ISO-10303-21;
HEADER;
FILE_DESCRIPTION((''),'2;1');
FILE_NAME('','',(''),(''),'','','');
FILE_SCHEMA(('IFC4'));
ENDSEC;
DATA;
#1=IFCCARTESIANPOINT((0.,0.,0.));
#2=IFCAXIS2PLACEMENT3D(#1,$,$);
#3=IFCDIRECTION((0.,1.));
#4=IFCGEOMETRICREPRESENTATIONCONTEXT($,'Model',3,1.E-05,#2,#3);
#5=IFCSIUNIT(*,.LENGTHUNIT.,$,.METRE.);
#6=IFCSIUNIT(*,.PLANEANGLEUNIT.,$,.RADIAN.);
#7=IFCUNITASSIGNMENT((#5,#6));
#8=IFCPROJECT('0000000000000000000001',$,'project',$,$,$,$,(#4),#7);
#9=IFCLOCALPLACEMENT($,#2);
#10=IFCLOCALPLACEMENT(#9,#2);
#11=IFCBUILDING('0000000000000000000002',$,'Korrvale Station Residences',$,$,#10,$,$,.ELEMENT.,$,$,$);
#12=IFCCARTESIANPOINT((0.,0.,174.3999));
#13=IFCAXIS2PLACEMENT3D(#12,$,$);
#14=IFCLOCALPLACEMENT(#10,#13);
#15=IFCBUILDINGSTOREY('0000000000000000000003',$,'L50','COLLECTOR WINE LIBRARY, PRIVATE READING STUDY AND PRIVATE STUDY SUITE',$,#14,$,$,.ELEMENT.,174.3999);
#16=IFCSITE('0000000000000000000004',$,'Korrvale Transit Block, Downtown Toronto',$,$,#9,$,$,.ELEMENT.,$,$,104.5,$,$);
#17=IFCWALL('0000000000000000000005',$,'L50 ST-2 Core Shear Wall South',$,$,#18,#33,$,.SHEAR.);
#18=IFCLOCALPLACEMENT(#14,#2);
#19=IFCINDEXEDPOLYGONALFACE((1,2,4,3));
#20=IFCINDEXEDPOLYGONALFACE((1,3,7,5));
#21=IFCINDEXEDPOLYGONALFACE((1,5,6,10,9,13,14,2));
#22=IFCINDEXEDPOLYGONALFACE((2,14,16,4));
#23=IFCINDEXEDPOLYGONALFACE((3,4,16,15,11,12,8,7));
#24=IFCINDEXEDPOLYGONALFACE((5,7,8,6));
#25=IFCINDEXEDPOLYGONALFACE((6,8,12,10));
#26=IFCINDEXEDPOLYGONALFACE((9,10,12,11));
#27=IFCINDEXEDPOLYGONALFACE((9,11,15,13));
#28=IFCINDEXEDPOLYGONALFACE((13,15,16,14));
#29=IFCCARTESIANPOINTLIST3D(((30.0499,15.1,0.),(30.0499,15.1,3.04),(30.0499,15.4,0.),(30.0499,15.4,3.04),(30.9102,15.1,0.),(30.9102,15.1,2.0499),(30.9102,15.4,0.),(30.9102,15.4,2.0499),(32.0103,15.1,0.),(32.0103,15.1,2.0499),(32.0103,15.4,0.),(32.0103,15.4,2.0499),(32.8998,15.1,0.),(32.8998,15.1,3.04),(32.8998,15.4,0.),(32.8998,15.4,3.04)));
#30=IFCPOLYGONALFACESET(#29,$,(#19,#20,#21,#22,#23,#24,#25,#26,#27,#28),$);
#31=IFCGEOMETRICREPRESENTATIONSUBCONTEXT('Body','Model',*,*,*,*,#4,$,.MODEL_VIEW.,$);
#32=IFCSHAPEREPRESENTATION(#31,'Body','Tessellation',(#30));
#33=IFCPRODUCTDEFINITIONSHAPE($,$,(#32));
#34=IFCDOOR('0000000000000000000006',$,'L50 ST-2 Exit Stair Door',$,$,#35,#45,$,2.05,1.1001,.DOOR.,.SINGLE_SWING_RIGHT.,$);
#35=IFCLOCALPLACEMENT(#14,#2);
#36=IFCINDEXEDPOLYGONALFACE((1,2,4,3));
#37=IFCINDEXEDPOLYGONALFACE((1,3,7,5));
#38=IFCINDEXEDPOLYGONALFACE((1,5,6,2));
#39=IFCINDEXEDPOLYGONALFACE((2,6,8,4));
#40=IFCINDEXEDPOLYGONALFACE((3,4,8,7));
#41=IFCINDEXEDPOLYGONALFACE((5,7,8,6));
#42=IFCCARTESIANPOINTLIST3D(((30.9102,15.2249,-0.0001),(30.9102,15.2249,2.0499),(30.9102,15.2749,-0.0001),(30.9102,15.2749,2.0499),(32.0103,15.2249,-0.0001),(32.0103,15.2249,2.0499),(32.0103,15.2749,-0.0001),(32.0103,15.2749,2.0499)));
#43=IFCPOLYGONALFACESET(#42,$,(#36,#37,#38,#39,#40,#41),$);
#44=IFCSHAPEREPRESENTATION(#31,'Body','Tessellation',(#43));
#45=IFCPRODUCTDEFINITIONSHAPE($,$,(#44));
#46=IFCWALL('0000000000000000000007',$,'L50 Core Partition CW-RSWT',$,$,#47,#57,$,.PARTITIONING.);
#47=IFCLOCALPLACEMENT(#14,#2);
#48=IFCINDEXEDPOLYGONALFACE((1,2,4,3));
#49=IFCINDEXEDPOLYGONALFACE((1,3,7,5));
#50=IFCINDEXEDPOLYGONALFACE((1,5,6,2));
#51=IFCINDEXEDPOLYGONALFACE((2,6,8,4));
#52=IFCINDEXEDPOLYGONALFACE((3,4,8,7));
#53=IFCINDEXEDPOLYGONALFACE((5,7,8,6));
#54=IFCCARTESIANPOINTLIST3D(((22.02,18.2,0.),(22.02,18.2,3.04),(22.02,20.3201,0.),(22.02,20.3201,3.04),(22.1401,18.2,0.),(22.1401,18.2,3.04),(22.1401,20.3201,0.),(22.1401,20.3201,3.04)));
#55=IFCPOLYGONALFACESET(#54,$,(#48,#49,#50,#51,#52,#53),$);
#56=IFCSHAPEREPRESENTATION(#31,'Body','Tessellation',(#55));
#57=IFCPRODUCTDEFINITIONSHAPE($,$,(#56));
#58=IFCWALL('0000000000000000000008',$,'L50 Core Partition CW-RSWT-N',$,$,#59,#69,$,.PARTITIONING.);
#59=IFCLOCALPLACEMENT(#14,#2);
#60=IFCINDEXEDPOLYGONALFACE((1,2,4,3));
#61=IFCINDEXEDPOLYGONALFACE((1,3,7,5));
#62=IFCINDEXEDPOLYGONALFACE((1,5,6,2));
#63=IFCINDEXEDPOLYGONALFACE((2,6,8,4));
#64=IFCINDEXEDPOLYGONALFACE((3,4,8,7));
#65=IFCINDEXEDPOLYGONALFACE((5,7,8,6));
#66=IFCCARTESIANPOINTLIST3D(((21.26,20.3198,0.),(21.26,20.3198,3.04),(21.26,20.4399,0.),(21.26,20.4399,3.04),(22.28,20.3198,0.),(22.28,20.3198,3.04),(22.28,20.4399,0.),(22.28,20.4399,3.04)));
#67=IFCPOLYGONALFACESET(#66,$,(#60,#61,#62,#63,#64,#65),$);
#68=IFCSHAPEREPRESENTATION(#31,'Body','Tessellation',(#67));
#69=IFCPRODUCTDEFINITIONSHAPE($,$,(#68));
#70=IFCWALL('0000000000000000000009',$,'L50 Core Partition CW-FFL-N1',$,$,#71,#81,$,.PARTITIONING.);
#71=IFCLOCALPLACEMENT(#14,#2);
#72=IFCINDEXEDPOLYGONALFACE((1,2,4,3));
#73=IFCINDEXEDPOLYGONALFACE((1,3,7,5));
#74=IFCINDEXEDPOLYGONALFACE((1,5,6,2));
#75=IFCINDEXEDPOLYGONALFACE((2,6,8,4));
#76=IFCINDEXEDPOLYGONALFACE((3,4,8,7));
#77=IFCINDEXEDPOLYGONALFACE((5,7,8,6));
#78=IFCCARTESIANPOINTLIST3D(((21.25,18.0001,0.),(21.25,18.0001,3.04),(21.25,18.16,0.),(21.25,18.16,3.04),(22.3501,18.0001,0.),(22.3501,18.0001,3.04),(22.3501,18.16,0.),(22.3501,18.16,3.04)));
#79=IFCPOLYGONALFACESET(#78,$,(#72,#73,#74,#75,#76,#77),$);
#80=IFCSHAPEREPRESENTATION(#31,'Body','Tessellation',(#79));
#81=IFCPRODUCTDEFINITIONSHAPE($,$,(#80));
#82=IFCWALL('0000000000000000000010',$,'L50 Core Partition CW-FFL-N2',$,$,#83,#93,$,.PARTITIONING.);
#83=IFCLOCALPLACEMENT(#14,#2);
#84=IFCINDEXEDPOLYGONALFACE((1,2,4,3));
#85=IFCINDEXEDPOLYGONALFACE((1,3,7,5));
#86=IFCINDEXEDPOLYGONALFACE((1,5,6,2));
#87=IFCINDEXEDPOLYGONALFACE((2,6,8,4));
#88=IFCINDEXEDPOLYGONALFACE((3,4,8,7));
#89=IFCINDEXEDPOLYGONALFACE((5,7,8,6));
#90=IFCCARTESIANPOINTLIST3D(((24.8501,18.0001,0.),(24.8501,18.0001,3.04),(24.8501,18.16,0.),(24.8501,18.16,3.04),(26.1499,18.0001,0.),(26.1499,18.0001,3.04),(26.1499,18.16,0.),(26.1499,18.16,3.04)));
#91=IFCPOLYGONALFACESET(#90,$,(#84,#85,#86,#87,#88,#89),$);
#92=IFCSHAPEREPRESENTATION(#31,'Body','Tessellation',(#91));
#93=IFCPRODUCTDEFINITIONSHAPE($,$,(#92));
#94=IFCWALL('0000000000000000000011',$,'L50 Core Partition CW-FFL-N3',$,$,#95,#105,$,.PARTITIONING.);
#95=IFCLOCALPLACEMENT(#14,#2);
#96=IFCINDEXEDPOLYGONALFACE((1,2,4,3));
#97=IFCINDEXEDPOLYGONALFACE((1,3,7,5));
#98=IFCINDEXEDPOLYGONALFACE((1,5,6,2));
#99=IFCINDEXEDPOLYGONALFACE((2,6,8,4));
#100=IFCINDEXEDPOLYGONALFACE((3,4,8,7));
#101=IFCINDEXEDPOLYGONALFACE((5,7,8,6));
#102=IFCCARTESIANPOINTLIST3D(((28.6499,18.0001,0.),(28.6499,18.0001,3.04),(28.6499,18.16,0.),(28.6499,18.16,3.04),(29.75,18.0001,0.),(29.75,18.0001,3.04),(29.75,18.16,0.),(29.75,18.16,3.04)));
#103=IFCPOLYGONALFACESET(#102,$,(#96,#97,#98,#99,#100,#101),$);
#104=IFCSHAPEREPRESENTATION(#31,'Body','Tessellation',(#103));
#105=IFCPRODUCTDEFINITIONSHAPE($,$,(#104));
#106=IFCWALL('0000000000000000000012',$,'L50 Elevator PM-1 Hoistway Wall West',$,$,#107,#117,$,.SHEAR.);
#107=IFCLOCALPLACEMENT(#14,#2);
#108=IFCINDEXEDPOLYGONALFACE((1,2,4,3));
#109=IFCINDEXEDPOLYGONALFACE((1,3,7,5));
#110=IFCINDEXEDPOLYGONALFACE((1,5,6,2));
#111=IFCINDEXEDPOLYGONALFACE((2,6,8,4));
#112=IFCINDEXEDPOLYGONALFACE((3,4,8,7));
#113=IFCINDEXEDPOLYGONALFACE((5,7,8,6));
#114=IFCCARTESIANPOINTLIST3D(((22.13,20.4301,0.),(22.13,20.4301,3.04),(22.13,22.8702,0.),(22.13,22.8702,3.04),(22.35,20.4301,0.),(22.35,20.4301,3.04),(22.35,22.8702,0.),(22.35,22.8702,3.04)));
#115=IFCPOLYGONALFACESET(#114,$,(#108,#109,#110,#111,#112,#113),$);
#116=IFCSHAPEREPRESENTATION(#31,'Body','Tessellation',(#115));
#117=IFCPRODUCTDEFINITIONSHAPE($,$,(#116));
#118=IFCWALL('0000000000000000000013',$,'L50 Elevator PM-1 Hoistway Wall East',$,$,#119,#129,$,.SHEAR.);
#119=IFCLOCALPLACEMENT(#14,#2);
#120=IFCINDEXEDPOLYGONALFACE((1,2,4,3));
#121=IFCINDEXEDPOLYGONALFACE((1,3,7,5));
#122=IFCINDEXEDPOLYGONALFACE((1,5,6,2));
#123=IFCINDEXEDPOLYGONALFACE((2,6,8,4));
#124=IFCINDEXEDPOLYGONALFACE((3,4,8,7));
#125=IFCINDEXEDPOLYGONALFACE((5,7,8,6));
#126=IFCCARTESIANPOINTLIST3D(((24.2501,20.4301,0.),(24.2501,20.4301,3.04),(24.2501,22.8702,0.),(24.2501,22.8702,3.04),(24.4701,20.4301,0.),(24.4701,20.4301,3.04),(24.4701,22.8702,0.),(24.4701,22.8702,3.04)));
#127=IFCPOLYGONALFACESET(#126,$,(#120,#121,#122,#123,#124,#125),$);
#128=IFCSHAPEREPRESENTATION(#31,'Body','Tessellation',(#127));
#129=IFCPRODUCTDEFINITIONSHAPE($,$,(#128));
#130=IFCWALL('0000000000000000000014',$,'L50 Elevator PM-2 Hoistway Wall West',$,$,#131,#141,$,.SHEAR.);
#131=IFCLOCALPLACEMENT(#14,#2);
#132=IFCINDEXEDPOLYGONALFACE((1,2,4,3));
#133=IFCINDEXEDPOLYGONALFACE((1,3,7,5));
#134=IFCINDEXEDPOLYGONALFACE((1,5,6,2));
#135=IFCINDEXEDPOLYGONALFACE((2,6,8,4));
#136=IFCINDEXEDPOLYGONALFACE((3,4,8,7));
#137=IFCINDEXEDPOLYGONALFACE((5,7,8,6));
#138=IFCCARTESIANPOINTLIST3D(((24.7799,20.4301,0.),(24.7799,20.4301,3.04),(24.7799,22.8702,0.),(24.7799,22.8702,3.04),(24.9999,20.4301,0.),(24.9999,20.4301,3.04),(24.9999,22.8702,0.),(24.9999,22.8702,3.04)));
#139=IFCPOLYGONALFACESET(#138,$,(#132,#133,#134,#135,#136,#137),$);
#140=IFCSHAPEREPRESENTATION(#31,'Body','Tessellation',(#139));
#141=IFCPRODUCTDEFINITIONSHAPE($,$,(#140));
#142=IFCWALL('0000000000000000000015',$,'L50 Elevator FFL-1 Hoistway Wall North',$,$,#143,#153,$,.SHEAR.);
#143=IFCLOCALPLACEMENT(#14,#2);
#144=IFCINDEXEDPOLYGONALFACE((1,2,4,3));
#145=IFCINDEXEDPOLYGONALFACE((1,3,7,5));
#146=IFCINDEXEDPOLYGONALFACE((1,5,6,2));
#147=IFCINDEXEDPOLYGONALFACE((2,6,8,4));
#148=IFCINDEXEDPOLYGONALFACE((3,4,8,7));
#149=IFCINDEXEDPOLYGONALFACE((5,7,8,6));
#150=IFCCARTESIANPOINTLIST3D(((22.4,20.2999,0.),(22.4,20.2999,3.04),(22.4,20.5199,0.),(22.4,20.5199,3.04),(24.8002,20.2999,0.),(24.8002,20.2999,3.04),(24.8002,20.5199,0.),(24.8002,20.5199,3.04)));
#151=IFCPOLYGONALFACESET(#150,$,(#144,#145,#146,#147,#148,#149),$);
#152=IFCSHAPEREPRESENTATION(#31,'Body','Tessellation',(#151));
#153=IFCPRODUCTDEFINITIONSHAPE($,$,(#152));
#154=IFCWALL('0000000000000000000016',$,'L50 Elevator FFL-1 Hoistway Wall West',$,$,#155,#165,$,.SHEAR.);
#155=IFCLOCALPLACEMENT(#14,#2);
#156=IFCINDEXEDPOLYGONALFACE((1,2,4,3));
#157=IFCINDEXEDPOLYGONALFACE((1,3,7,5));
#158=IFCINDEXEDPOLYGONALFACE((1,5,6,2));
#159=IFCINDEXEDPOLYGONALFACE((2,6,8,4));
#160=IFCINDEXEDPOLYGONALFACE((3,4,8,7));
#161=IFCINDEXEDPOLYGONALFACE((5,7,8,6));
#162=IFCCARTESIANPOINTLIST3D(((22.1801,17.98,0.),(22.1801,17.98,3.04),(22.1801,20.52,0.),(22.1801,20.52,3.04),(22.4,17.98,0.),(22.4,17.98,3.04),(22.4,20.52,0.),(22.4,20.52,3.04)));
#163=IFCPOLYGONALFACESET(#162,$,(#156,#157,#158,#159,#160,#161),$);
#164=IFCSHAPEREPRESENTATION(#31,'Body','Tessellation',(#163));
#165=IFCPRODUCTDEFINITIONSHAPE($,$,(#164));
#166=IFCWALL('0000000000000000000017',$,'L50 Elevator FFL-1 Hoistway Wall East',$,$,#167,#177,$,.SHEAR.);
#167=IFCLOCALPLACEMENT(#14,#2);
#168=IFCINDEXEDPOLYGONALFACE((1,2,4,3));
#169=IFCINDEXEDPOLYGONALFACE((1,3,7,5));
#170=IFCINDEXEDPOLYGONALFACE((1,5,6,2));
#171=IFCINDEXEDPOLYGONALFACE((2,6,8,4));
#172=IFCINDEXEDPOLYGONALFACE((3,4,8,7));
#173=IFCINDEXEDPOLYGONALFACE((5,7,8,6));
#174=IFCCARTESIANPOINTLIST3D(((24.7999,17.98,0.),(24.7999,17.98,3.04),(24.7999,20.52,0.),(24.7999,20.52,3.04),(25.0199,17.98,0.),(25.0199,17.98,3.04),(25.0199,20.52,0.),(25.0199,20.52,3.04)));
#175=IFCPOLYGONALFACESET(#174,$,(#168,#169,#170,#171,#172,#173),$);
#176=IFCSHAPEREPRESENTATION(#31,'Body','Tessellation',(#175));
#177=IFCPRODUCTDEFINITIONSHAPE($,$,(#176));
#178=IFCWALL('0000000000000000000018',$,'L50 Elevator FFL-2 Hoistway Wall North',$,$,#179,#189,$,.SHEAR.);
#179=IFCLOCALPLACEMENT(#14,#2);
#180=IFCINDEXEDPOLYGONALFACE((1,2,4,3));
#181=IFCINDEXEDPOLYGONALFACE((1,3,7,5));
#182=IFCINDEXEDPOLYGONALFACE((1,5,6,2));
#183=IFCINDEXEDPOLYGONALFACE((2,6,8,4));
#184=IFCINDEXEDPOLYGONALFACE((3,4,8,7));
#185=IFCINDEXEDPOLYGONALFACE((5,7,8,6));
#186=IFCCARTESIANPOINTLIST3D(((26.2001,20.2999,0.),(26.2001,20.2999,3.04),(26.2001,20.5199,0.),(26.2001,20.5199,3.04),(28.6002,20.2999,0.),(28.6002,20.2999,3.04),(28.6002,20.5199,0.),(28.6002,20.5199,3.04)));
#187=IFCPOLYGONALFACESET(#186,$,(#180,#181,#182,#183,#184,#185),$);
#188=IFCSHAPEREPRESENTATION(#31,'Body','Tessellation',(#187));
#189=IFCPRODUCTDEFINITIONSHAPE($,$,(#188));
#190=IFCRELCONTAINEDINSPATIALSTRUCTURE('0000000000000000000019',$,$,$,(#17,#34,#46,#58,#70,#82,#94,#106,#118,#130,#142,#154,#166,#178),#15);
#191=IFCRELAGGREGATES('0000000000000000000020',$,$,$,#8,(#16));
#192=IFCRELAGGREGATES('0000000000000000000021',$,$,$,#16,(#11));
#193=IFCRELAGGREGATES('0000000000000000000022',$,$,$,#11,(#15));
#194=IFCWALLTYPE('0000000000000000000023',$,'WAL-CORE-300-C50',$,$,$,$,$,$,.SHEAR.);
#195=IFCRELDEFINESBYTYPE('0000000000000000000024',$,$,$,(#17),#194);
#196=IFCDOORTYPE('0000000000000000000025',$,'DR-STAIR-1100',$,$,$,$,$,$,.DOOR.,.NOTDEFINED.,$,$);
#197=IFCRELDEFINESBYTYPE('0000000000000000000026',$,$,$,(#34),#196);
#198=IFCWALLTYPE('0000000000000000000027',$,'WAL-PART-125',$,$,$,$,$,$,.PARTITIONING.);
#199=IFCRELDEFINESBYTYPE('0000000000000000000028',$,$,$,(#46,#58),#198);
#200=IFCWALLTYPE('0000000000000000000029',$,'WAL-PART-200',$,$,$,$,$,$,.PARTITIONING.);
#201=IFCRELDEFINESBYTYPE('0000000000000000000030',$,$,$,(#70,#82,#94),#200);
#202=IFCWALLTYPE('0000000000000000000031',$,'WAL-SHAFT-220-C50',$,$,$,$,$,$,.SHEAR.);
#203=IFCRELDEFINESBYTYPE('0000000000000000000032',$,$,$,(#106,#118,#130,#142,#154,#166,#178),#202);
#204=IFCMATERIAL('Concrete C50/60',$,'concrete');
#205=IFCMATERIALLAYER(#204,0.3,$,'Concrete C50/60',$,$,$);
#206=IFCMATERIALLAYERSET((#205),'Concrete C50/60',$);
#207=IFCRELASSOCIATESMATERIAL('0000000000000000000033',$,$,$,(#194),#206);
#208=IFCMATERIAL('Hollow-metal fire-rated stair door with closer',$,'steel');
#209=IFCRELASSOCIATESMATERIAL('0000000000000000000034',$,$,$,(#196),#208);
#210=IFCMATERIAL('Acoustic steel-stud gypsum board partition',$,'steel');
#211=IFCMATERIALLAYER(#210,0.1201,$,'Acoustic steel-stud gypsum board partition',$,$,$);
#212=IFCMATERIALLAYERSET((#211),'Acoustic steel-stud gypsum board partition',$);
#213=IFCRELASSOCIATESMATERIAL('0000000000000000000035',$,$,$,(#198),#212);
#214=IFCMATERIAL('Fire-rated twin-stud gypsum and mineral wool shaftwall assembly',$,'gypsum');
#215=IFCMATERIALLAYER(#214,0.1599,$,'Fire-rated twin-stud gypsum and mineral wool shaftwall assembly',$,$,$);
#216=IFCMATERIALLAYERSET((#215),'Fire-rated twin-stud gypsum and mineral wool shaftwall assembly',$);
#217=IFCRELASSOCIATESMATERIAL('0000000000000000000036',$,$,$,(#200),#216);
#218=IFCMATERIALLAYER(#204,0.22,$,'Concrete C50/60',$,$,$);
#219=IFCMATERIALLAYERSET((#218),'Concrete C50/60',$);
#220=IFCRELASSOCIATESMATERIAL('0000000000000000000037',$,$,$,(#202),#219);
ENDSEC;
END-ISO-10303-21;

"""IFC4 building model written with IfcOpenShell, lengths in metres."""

from ifc_helpers import new_model, si_unit, direction, frame, frame_2d, origin, place, context, subcontext, project, spatial, rectangle, extrude, material, layer, layer_set, type_object, element, fill, save


model = new_model("IFC4")

# Units and contexts
model_context = context("Model", 3, precision=1e-05, world=origin(), true_north=direction((0.0, 1.0)))
body_context = subcontext(model_context, "Body", "Model", "MODEL_VIEW")
ifc_project = project(units=[si_unit("LENGTHUNIT", "METRE"), si_unit("PLANEANGLEUNIT", "RADIAN")], contexts=[model_context])

# Site, building, storey
site_placement = place(None, origin())
site = spatial("IfcSite", under=ifc_project, at=site_placement, Name="Korrvale Transit Block, Downtown Toronto", CompositionType="ELEMENT", RefElevation=104.5)
building_placement = place(site_placement, origin())
building = spatial("IfcBuilding", under=site, at=building_placement, Name="Korrvale Station Residences", CompositionType="ELEMENT")
storey_placement = place(building_placement, frame((0.0, 0.0, 174.3999)))
storey = spatial("IfcBuildingStorey", under=building, at=storey_placement, Name="L50", Description="COLLECTOR WINE LIBRARY, PRIVATE READING STUDY AND PRIVATE STUDY SUITE", CompositionType="ELEMENT", Elevation=174.3999)

# Wall, opening, door
ifc_material_1 = material(Name="Concrete C50/60", Category="concrete")
ifc_layer_1 = layer(ifc_material_1, 0.3, Name="Concrete C50/60")
ifc_layer_set_1 = layer_set([ifc_layer_1], Name="Concrete C50/60")
wall_type_1 = type_object("IfcWallType", Name="WAL-CORE-300-C50", PredefinedType="SHEAR", material=ifc_layer_set_1)
wall_1_placement = place(storey_placement, frame((30.05, 15.25, 0.0), z_axis=(0.0, 0.0, 1.0), x_axis=(1.0, 0.0, 0.0)))
wall_1 = element("IfcWall", 1, at=wall_1_placement, inside=storey, type_object=wall_type_1, Name="L50 ST-2 Core Shear Wall South", PredefinedType="SHEAR", context=body_context, shape_type="SweptSolid", body=[
    extrude(rectangle(XDim=2.8499, YDim=0.3, at=frame_2d((1.4248, 0.0))), origin(), (0.0, 0.0, 1.0), 3.04),
])
opening_1_placement = place(wall_1_placement, frame((0.8601, 0.0, 0.0)))
opening_1 = element("IfcOpeningElement", 2, at=opening_1_placement, cuts=wall_1, PredefinedType="OPENING", context=body_context, shape_type="SweptSolid", body=[
    extrude(rectangle(XDim=1.1001, YDim=2.05, at=frame_2d((0.55, 1.0249))), frame((0.0, 0.1602, 0.0), z_axis=(0.0, -1.0, 0.0), x_axis=(1.0, 0.0, 0.0)), (0.0, 0.0, 1.0), 0.3201),
])
ifc_material_2 = material(Name="Hollow-metal fire-rated stair door with closer", Category="steel")
door_type_1 = type_object("IfcDoorType", Name="DR-STAIR-1100", OperationType="NOTDEFINED", PredefinedType="DOOR", material=ifc_material_2)
door_1_placement = place(opening_1_placement, origin())
door_1 = element("IfcDoor", 3, at=door_1_placement, inside=storey, type_object=door_type_1, Name="L50 ST-2 Exit Stair Door", OperationType="SINGLE_SWING_RIGHT", OverallHeight=2.05, OverallWidth=1.1001, PredefinedType="DOOR", context=body_context, shape_type="SweptSolid", body=[
    extrude(rectangle(XDim=1.1001, YDim=2.05, at=frame_2d((0.55, 1.0249))), frame((0.0, 0.0249, 0.0), z_axis=(0.0, -1.0, 0.0), x_axis=(1.0, 0.0, 0.0)), (0.0, 0.0, 1.0), 0.05),
])
fill(opening_1, door_1)

# Walls
ifc_material_3 = material(Name="Acoustic steel-stud gypsum board partition", Category="steel")
ifc_layer_2 = layer(ifc_material_3, 0.1201, Name="Acoustic steel-stud gypsum board partition")
ifc_layer_set_2 = layer_set([ifc_layer_2], Name="Acoustic steel-stud gypsum board partition")
wall_type_2 = type_object("IfcWallType", Name="WAL-PART-125", PredefinedType="PARTITIONING", material=ifc_layer_set_2)
wall_2_placement = place(storey_placement, frame((22.0801, 18.2, 0.0), z_axis=(0.0, 0.0, 1.0), x_axis=(0.0, 1.0, 0.0)))
element("IfcWall", 4, at=wall_2_placement, inside=storey, type_object=wall_type_2, Name="L50 Core Partition CW-RSWT", PredefinedType="PARTITIONING", context=body_context, shape_type="SweptSolid", body=[
    extrude(rectangle(XDim=2.1201, YDim=0.1201, at=frame_2d((1.0601, 0.0))), origin(), (0.0, 0.0, 1.0), 3.04),
])
wall_3_placement = place(storey_placement, frame((22.28, 20.3799, 0.0), z_axis=(0.0, 0.0, 1.0), x_axis=(-1.0, 0.0, 0.0)))
element("IfcWall", 5, at=wall_3_placement, inside=storey, type_object=wall_type_2, Name="L50 Core Partition CW-RSWT-N", PredefinedType="PARTITIONING", context=body_context, shape_type="SweptSolid", body=[
    extrude(rectangle(XDim=1.02, YDim=0.1201, at=frame_2d((0.51, 0.0))), origin(), (0.0, 0.0, 1.0), 3.04),
])
ifc_material_4 = material(Name="Fire-rated twin-stud gypsum and mineral wool shaftwall assembly", Category="gypsum")
ifc_layer_3 = layer(ifc_material_4, 0.1599, Name="Fire-rated twin-stud gypsum and mineral wool shaftwall assembly")
ifc_layer_set_3 = layer_set([ifc_layer_3], Name="Fire-rated twin-stud gypsum and mineral wool shaftwall assembly")
wall_type_3 = type_object("IfcWallType", Name="WAL-PART-200", PredefinedType="PARTITIONING", material=ifc_layer_set_3)
wall_4_placement = place(storey_placement, frame((21.25, 18.0801, 0.0), z_axis=(0.0, 0.0, 1.0), x_axis=(1.0, 0.0, 0.0)))
element("IfcWall", 6, at=wall_4_placement, inside=storey, type_object=wall_type_3, Name="L50 Core Partition CW-FFL-N1", PredefinedType="PARTITIONING", context=body_context, shape_type="SweptSolid", body=[
    extrude(rectangle(XDim=1.1001, YDim=0.1599, at=frame_2d((0.55, 0.0))), origin(), (0.0, 0.0, 1.0), 3.04),
])
wall_5_placement = place(storey_placement, frame((24.8501, 18.0801, 0.0), z_axis=(0.0, 0.0, 1.0), x_axis=(1.0, 0.0, 0.0)))
element("IfcWall", 7, at=wall_5_placement, inside=storey, type_object=wall_type_3, Name="L50 Core Partition CW-FFL-N2", PredefinedType="PARTITIONING", context=body_context, shape_type="SweptSolid", body=[
    extrude(rectangle(XDim=1.2998, YDim=0.1599, at=frame_2d((0.6499, 0.0))), origin(), (0.0, 0.0, 1.0), 3.04),
])
wall_6_placement = place(storey_placement, frame((28.6499, 18.0801, 0.0), z_axis=(0.0, 0.0, 1.0), x_axis=(1.0, 0.0, 0.0)))
element("IfcWall", 8, at=wall_6_placement, inside=storey, type_object=wall_type_3, Name="L50 Core Partition CW-FFL-N3", PredefinedType="PARTITIONING", context=body_context, shape_type="SweptSolid", body=[
    extrude(rectangle(XDim=1.1001, YDim=0.1599, at=frame_2d((0.55, 0.0))), origin(), (0.0, 0.0, 1.0), 3.04),
])
ifc_layer_4 = layer(ifc_material_1, 0.22, Name="Concrete C50/60")
ifc_layer_set_4 = layer_set([ifc_layer_4], Name="Concrete C50/60")
wall_type_4 = type_object("IfcWallType", Name="WAL-SHAFT-220-C50", PredefinedType="SHEAR", material=ifc_layer_set_4)
for number, where, z_axis, x_axis, name in (
    (9, (22.24, 20.4299, 0.0), (0.0, 0.0, 1.0), (0.0, 1.0, 0.0), "L50 Elevator PM-1 Hoistway Wall West"),
    (10, (24.3601, 20.4299, 0.0), (0.0, 0.0, 1.0), (0.0, 1.0, 0.0), "L50 Elevator PM-1 Hoistway Wall East"),
    (11, (24.8899, 20.4299, 0.0), (0.0, 0.0, 1.0), (0.0, 1.0, 0.0), "L50 Elevator PM-2 Hoistway Wall West"),
):
    element("IfcWall", number, at=place(storey_placement, frame(where, z_axis=z_axis, x_axis=x_axis)), inside=storey, type_object=wall_type_4, Name=name, PredefinedType="SHEAR", context=body_context, shape_type="SweptSolid", body=[
        extrude(rectangle(XDim=2.4402, YDim=0.22, at=frame_2d((1.2202, 0.0))), origin(), (0.0, 0.0, 1.0), 3.04),
    ])

# Walls
wall_7_placement = place(storey_placement, frame((22.3999, 20.4099, 0.0), z_axis=(0.0, 0.0, 1.0), x_axis=(1.0, 0.0, 0.0)))
element("IfcWall", 12, at=wall_7_placement, inside=storey, type_object=wall_type_4, Name="L50 Elevator FFL-1 Hoistway Wall North", PredefinedType="SHEAR", context=body_context, shape_type="SweptSolid", body=[
    extrude(rectangle(XDim=2.4001, YDim=0.22, at=frame_2d((1.2002, 0.0))), origin(), (0.0, 0.0, 1.0), 3.04),
])
for number, where, z_axis, x_axis, name in (
    (13, (22.29, 17.98, 0.0), (0.0, 0.0, 1.0), (0.0, 1.0, 0.0), "L50 Elevator FFL-1 Hoistway Wall West"),
    (14, (24.9099, 17.98, 0.0), (0.0, 0.0, 1.0), (0.0, 1.0, 0.0), "L50 Elevator FFL-1 Hoistway Wall East"),
):
    element("IfcWall", number, at=place(storey_placement, frame(where, z_axis=z_axis, x_axis=x_axis)), inside=storey, type_object=wall_type_4, Name=name, PredefinedType="SHEAR", context=body_context, shape_type="SweptSolid", body=[
        extrude(rectangle(XDim=2.54, YDim=0.22, at=frame_2d((1.27, 0.0))), origin(), (0.0, 0.0, 1.0), 3.04),
    ])

# Wall
wall_8_placement = place(storey_placement, frame((26.2, 20.4099, 0.0), z_axis=(0.0, 0.0, 1.0), x_axis=(1.0, 0.0, 0.0)))
element("IfcWall", 15, at=wall_8_placement, inside=storey, type_object=wall_type_4, Name="L50 Elevator FFL-2 Hoistway Wall North", PredefinedType="SHEAR", context=body_context, shape_type="SweptSolid", body=[
    extrude(rectangle(XDim=2.4001, YDim=0.22, at=frame_2d((1.2002, 0.0))), origin(), (0.0, 0.0, 1.0), 3.04),
])

save(model, "model.ifc")
